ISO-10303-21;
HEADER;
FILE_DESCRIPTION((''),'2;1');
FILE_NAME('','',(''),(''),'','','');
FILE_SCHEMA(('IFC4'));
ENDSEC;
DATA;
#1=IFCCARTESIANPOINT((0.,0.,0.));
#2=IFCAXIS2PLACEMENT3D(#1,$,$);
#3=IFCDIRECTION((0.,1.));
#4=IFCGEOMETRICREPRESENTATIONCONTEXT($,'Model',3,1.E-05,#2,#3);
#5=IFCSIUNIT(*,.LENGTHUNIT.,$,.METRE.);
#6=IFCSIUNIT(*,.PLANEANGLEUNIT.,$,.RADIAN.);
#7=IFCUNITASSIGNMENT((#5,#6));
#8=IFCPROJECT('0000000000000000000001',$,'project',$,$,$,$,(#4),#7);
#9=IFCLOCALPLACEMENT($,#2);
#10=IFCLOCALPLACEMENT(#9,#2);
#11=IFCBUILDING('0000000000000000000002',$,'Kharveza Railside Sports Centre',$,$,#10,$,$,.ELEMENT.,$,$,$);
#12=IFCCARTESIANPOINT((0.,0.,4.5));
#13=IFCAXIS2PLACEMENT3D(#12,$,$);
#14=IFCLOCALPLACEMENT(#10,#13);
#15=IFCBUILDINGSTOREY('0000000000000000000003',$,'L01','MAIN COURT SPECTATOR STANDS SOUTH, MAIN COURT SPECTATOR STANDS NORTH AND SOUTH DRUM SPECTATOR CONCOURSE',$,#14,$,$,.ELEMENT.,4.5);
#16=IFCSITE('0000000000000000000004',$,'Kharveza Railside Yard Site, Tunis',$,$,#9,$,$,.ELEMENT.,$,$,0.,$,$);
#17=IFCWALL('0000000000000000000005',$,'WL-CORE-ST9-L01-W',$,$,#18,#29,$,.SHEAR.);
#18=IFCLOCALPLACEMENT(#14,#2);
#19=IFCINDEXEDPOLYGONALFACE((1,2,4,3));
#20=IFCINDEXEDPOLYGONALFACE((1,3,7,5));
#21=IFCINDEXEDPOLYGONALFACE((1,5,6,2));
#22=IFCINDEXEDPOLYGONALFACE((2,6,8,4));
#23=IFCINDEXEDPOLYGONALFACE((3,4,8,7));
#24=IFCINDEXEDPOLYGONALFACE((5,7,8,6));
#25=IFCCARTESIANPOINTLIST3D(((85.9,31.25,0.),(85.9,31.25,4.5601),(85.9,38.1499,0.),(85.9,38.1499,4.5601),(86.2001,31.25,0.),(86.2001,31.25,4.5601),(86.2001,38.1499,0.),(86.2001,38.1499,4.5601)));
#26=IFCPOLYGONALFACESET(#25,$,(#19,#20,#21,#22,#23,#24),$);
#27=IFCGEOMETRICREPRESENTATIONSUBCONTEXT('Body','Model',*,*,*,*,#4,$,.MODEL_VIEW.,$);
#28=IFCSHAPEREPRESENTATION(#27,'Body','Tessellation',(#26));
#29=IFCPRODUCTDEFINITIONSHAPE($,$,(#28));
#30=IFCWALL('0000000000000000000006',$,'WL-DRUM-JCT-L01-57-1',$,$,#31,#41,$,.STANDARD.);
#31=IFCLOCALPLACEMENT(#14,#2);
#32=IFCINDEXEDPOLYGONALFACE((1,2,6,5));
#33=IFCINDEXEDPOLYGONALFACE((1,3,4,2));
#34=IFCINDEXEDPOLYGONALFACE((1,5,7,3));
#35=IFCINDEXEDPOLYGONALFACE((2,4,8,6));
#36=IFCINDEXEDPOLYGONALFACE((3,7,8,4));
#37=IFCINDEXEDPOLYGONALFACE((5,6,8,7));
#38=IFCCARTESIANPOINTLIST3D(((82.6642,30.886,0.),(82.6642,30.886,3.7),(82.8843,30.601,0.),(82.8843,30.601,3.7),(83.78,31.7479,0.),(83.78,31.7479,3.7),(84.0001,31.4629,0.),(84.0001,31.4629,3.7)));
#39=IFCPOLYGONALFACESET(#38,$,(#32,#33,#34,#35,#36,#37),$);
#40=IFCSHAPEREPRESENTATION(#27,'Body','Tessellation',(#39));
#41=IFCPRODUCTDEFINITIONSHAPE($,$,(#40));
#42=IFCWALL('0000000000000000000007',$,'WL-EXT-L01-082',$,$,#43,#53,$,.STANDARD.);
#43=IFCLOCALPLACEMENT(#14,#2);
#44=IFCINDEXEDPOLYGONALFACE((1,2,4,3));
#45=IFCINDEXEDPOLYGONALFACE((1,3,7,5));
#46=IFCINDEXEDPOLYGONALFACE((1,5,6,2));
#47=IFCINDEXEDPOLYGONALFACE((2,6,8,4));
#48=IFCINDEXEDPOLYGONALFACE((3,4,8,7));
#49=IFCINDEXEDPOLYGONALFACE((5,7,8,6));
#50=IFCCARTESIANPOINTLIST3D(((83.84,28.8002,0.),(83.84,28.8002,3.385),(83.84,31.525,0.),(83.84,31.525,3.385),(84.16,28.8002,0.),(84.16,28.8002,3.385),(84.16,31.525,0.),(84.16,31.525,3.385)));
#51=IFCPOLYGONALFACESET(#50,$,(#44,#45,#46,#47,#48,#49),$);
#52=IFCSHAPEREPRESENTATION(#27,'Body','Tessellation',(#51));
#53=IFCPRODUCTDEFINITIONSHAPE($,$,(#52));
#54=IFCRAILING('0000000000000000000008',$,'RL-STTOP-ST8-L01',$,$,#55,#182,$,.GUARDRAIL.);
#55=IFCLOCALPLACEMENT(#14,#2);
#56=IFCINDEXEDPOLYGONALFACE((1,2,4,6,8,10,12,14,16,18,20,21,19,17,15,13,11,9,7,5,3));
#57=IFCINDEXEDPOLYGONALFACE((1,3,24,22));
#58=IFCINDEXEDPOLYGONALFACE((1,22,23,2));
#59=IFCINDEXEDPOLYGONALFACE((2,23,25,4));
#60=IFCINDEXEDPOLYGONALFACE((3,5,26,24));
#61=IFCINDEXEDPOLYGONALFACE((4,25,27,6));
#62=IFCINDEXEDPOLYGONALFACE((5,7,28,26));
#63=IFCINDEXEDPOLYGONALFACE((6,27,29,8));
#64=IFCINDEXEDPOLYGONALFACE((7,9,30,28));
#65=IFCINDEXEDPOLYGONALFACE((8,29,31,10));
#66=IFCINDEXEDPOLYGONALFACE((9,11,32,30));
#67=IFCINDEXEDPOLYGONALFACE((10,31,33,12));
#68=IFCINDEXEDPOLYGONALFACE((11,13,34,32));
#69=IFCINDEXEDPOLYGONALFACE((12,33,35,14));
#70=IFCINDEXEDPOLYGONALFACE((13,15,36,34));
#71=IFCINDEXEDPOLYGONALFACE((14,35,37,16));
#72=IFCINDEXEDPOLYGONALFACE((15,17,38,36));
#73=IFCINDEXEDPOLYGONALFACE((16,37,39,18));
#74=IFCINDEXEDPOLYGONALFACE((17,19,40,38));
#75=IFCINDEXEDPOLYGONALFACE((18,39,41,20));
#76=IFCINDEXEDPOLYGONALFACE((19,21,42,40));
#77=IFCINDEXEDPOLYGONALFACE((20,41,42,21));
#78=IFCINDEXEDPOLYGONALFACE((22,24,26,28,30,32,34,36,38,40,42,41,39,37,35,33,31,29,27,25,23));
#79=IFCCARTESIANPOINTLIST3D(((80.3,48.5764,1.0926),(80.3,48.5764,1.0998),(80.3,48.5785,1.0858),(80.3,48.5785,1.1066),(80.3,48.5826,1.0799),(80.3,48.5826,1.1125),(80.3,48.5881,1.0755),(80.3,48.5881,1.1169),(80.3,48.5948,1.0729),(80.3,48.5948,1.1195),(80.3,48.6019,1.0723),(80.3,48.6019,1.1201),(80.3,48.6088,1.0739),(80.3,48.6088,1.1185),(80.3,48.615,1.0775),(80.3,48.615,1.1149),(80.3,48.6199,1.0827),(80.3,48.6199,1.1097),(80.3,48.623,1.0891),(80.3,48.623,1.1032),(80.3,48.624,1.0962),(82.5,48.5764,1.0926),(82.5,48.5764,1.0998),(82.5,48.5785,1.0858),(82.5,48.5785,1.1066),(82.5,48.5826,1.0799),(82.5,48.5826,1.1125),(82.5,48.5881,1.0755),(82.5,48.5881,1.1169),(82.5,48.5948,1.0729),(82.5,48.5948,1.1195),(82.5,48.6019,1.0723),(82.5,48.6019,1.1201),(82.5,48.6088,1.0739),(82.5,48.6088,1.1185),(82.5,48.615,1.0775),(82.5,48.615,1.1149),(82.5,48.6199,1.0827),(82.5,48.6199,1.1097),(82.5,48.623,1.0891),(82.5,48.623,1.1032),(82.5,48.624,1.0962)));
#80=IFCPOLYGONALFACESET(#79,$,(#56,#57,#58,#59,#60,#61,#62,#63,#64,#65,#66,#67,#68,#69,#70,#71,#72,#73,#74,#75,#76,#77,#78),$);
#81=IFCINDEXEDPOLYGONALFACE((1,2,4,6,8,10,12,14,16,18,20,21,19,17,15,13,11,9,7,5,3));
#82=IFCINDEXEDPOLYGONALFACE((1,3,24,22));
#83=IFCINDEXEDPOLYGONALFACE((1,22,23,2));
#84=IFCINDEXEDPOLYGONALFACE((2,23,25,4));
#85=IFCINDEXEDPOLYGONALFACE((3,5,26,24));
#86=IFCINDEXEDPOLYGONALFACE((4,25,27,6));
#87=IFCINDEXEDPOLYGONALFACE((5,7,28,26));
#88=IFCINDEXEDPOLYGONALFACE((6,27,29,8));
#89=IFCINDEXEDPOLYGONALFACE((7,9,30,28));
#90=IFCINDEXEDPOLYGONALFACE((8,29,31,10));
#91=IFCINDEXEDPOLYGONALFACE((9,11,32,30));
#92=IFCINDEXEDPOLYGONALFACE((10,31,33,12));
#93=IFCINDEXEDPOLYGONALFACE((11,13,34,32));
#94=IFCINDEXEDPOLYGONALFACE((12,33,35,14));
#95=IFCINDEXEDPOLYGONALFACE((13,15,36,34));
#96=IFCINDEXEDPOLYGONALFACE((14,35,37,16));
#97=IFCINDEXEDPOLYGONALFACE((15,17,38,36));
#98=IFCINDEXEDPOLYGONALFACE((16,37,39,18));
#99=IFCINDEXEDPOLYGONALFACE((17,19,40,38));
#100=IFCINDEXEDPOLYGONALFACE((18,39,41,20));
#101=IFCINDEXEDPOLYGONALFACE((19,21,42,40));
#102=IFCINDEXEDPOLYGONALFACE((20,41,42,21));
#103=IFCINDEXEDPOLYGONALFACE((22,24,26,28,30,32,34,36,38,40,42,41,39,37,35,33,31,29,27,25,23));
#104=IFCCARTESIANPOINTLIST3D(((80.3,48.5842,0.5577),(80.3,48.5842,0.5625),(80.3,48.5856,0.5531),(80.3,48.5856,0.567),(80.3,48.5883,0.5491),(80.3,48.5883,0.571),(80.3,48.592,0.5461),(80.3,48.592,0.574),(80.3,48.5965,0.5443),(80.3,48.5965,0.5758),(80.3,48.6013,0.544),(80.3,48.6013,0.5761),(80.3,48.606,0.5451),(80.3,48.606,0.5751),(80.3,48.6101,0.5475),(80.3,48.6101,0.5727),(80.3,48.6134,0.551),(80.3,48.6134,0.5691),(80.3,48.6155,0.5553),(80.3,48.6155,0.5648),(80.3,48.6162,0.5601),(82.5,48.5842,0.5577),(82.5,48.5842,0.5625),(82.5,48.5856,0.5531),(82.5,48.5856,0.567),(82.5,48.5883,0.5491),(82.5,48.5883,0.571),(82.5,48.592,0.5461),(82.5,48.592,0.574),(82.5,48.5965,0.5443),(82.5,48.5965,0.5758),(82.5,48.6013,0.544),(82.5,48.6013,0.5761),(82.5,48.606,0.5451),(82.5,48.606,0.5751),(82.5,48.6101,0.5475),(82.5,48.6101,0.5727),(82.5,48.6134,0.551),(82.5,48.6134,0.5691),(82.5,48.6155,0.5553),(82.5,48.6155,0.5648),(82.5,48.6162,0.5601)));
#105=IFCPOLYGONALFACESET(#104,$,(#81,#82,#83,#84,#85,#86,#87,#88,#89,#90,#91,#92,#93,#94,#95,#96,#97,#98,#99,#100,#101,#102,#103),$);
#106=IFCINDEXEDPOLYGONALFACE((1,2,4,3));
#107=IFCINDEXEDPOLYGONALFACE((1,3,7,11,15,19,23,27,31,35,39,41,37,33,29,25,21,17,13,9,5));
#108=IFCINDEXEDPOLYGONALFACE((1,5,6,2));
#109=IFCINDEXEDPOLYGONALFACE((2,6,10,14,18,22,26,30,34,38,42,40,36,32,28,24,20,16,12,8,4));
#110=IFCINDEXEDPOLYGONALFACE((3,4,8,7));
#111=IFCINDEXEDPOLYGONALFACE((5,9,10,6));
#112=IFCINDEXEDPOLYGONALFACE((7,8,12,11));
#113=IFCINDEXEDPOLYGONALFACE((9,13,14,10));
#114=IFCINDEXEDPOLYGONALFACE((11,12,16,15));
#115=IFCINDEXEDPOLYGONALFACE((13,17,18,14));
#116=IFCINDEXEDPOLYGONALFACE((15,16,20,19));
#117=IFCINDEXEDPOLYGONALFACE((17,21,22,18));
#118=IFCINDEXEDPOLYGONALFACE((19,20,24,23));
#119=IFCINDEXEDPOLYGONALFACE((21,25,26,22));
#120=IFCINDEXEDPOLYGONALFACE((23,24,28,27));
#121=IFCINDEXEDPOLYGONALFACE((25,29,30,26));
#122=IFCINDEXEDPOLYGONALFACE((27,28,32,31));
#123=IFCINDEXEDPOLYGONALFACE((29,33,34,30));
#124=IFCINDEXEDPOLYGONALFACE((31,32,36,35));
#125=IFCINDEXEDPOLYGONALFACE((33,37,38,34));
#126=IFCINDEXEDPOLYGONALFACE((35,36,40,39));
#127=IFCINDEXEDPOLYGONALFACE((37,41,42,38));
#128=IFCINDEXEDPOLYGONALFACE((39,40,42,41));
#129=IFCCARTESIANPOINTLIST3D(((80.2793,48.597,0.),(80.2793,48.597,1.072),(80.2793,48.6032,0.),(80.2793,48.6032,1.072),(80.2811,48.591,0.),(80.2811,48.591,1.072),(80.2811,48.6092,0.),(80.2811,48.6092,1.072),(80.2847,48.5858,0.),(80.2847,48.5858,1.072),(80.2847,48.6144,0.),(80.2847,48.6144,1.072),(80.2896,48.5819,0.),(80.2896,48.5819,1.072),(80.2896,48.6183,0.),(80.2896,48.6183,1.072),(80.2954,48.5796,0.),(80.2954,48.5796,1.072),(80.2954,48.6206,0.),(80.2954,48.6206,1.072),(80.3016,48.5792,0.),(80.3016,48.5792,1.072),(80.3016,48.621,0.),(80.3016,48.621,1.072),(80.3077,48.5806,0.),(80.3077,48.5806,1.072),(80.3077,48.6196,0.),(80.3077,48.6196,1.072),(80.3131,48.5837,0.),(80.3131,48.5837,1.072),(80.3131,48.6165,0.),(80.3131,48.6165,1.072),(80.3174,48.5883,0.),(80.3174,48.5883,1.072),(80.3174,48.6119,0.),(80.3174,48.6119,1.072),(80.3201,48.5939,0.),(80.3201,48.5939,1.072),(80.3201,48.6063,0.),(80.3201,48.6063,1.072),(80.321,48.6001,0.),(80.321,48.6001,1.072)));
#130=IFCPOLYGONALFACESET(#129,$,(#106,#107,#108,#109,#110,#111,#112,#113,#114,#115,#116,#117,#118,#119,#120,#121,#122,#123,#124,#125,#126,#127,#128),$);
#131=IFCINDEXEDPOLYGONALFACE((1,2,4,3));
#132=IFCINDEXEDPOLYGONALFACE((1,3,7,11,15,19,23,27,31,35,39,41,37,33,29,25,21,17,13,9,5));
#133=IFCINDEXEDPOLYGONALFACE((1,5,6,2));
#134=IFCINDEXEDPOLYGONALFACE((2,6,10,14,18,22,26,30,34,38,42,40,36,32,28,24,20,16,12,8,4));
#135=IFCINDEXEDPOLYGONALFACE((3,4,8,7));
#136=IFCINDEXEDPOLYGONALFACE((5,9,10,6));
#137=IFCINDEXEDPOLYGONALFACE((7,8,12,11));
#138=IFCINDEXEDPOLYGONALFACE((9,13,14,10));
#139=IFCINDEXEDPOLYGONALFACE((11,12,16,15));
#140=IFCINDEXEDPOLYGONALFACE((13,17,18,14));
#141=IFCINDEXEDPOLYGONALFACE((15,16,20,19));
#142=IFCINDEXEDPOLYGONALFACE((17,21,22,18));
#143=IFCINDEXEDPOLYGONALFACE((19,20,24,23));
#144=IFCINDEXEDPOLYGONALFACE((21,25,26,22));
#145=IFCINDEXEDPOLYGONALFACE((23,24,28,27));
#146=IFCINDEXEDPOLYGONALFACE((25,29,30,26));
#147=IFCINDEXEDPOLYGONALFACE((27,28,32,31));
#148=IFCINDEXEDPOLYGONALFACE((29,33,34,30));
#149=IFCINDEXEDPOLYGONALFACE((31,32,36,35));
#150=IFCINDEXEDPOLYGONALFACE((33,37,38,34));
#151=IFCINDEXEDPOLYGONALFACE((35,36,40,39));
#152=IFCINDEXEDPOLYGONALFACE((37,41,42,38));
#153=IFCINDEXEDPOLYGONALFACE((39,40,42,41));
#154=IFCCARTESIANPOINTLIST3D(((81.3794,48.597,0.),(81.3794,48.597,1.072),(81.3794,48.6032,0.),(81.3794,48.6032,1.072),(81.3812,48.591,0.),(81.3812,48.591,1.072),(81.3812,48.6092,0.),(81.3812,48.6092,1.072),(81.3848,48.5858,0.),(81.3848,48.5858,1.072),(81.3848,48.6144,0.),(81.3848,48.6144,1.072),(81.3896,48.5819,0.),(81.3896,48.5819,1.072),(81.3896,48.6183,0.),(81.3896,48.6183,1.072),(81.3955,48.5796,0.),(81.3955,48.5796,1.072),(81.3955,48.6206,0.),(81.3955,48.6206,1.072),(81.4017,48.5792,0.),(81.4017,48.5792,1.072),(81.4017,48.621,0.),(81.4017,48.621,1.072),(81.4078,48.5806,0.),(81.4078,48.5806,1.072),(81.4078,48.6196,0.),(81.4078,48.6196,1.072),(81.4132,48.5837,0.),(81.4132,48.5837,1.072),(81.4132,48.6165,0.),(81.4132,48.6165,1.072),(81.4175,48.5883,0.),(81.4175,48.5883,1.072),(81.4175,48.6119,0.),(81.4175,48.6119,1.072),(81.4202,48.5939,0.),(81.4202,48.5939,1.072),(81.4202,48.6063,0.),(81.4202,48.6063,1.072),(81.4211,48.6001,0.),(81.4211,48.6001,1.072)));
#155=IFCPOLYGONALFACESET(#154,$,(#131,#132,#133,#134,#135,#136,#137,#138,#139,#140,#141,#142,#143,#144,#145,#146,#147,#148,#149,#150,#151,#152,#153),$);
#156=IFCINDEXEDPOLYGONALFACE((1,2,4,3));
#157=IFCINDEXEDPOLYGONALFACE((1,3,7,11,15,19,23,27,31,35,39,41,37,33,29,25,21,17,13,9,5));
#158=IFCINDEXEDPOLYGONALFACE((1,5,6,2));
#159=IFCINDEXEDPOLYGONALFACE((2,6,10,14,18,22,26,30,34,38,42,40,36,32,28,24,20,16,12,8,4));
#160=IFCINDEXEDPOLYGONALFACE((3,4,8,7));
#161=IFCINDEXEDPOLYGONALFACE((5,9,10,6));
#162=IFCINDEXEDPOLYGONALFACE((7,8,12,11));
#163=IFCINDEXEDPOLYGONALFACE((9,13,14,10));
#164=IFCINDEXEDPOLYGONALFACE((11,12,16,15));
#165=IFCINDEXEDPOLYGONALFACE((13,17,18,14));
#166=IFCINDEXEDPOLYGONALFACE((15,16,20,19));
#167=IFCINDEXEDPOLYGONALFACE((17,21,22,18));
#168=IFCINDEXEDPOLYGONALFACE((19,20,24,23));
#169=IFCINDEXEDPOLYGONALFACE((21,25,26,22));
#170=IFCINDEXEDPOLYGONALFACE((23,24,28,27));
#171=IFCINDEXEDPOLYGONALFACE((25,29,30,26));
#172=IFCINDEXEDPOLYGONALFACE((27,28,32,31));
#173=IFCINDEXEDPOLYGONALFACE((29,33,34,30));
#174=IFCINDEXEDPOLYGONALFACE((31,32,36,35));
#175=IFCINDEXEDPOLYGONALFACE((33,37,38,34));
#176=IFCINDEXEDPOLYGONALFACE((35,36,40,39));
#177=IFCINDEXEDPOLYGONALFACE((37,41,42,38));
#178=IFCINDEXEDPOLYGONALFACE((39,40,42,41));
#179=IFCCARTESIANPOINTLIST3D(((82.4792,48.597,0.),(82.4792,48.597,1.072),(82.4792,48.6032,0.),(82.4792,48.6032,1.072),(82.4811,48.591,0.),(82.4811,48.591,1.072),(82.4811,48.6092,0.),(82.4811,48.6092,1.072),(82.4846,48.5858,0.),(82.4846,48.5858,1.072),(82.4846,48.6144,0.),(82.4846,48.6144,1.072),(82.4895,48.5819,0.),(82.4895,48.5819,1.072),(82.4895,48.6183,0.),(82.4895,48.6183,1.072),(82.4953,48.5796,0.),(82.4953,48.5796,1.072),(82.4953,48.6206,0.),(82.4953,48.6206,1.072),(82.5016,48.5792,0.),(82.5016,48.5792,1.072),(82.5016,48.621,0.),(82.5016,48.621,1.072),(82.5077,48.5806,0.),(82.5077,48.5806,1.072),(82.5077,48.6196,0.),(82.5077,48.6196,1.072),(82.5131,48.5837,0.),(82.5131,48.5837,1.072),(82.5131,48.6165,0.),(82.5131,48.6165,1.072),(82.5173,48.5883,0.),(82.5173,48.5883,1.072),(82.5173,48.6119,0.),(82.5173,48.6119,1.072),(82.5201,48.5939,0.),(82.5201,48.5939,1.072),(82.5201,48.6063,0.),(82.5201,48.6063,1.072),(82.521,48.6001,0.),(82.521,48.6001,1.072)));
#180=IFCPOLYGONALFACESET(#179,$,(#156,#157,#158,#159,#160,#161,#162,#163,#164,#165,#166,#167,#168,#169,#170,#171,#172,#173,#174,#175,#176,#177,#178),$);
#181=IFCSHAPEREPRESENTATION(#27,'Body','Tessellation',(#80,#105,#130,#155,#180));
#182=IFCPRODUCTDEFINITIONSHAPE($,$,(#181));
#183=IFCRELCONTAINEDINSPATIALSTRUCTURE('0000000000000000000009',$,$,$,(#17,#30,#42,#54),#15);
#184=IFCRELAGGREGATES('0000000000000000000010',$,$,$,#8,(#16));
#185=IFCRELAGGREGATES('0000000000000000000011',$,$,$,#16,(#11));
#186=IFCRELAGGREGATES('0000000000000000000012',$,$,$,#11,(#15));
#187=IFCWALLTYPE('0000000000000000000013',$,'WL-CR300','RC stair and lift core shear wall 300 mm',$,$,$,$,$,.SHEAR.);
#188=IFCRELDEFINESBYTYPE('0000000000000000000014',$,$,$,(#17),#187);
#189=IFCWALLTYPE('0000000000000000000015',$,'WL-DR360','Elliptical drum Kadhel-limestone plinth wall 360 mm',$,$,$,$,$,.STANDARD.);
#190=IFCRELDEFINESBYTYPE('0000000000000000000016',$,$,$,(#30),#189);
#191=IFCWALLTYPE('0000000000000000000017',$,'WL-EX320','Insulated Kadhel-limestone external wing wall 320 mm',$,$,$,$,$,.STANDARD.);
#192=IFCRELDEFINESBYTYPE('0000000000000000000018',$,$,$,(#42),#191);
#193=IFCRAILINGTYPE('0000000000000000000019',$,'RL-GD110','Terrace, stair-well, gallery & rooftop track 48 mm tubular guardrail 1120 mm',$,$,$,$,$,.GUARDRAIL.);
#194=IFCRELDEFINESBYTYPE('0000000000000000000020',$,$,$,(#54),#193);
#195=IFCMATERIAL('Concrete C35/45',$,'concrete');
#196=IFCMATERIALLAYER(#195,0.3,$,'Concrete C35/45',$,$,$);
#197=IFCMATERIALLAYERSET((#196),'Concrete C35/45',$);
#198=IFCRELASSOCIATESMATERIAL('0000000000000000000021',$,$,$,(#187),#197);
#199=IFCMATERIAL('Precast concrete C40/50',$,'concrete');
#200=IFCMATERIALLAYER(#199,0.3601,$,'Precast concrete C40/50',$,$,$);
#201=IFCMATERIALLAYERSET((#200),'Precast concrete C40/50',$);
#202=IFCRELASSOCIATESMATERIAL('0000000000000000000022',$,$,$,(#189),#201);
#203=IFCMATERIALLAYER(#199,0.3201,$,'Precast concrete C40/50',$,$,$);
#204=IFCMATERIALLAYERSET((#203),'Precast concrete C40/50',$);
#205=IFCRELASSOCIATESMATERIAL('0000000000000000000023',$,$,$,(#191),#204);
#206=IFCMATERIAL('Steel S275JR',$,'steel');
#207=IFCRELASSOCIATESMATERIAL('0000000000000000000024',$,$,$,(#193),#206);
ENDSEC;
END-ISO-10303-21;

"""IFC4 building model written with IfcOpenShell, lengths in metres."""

from ifc_helpers import new_model, si_unit, direction, frame, frame_2d, origin, origin_2d, place, context, subcontext, project, spatial, rectangle, circle, extrude, material, layer, layer_set, type_object, element, save


model = new_model("IFC4")

# Units and contexts
model_context = context("Model", 3, precision=1e-05, world=origin(), true_north=direction((0.0, 1.0)))
body_context = subcontext(model_context, "Body", "Model", "MODEL_VIEW")
ifc_project = project(units=[si_unit("LENGTHUNIT", "METRE"), si_unit("PLANEANGLEUNIT", "RADIAN")], contexts=[model_context])

# Site, building, storey
site_placement = place(None, origin())
site = spatial("IfcSite", under=ifc_project, at=site_placement, Name="Kharveza Railside Yard Site, Tunis", CompositionType="ELEMENT", RefElevation=0.0)
building_placement = place(site_placement, origin())
building = spatial("IfcBuilding", under=site, at=building_placement, Name="Kharveza Railside Sports Centre", CompositionType="ELEMENT")
storey_placement = place(building_placement, frame((0.0, 0.0, 4.5)))
storey = spatial("IfcBuildingStorey", under=building, at=storey_placement, Name="L01", Description="MAIN COURT SPECTATOR STANDS SOUTH, MAIN COURT SPECTATOR STANDS NORTH AND SOUTH DRUM SPECTATOR CONCOURSE", CompositionType="ELEMENT", Elevation=4.5)

# Shared definitions
ifc_material_1 = material(Name="Concrete C35/45", Category="concrete")
ifc_layer_1 = layer(ifc_material_1, 0.3, Name="Concrete C35/45")
ifc_layer_set_1 = layer_set([ifc_layer_1], Name="Concrete C35/45")
wall_type_1 = type_object("IfcWallType", Name="WL-CR300", Description="RC stair and lift core shear wall 300 mm", PredefinedType="SHEAR", material=ifc_layer_set_1)

# Walls
wall_1_placement = place(storey_placement, frame((86.05, 38.1499, 0.0), z_axis=(0.0, 0.0, 1.0), x_axis=(0.0, -1.0, 0.0)))
element("IfcWall", 1, at=wall_1_placement, inside=storey, type_object=wall_type_1, Name="WL-CORE-ST9-L01-W", PredefinedType="SHEAR", context=body_context, shape_type="SweptSolid", body=[
    extrude(rectangle(XDim=6.8999, YDim=0.3, at=frame_2d((3.45, 0.0))), origin(), (0.0, 0.0, 1.0), 4.5601),
])
ifc_material_2 = material(Name="Precast concrete C40/50", Category="concrete")
ifc_layer_2 = layer(ifc_material_2, 0.3601, Name="Precast concrete C40/50")
ifc_layer_set_2 = layer_set([ifc_layer_2], Name="Precast concrete C40/50")
wall_type_2 = type_object("IfcWallType", Name="WL-DR360", Description="Elliptical drum Kadhel-limestone plinth wall 360 mm", PredefinedType="STANDARD", material=ifc_layer_set_2)
wall_2_placement = place(storey_placement, frame((82.7742, 30.7434, 0.0), z_axis=(0.0, 0.0, 1.0), x_axis=(0.791399, 0.6113, 0.0)))
element("IfcWall", 2, at=wall_2_placement, inside=storey, type_object=wall_type_2, Name="WL-DRUM-JCT-L01-57-1", PredefinedType="STANDARD", context=body_context, shape_type="SweptSolid", body=[
    extrude(rectangle(XDim=1.4099, YDim=0.3601, at=frame_2d((0.7051, 0.0))), origin(), (0.0, 0.0, 1.0), 3.7),
])
ifc_layer_3 = layer(ifc_material_2, 0.3201, Name="Precast concrete C40/50")
ifc_layer_set_3 = layer_set([ifc_layer_3], Name="Precast concrete C40/50")
wall_type_3 = type_object("IfcWallType", Name="WL-EX320", Description="Insulated Kadhel-limestone external wing wall 320 mm", PredefinedType="STANDARD", material=ifc_layer_set_3)
wall_3_placement = place(storey_placement, frame((84.0, 31.5249, 0.0), z_axis=(0.0, 0.0, 1.0), x_axis=(0.0, -1.0, 0.0)))
element("IfcWall", 3, at=wall_3_placement, inside=storey, type_object=wall_type_3, Name="WL-EXT-L01-082", PredefinedType="STANDARD", context=body_context, shape_type="SweptSolid", body=[
    extrude(rectangle(XDim=2.7249, YDim=0.3201, at=frame_2d((1.3623, 0.0))), origin(), (0.0, 0.0, 1.0), 3.385),
])

# Railing
ifc_material_3 = material(Name="Steel S275JR", Category="steel")
railing_type = type_object("IfcRailingType", Name="RL-GD110", Description="Terrace, stair-well, gallery & rooftop track 48 mm tubular guardrail 1120 mm", PredefinedType="GUARDRAIL", material=ifc_material_3)
railing_1_placement = place(storey_placement, frame((80.3, 48.6001, 0.0)))
element("IfcRailing", 4, at=railing_1_placement, inside=storey, type_object=railing_type, Name="RL-STTOP-ST8-L01", PredefinedType="GUARDRAIL", context=body_context, shape_type="SweptSolid", body=[
    extrude(circle(Radius=0.0239, at=origin_2d()), frame((0.0, 0.0, 1.0962), z_axis=(1.0, 0.0, 0.0), x_axis=(0.0, 1.0, 0.0)), (0.0, 0.0, 1.0), 2.2),
    extrude(circle(Radius=0.0161, at=origin_2d()), frame((0.0, 0.0, 0.5601), z_axis=(1.0, 0.0, 0.0), x_axis=(0.0, 1.0, 0.0)), (0.0, 0.0, 1.0), 2.2),
    extrude(circle(Radius=0.021, at=origin_2d()), origin(), (0.0, 0.0, 1.0), 1.072),
    extrude(circle(Radius=0.021, at=origin_2d()), frame((1.1001, 0.0, 0.0)), (0.0, 0.0, 1.0), 1.072),
    extrude(circle(Radius=0.021, at=origin_2d()), frame((2.2, 0.0, 0.0)), (0.0, 0.0, 1.0), 1.072),
])

save(model, "model.ifc")
